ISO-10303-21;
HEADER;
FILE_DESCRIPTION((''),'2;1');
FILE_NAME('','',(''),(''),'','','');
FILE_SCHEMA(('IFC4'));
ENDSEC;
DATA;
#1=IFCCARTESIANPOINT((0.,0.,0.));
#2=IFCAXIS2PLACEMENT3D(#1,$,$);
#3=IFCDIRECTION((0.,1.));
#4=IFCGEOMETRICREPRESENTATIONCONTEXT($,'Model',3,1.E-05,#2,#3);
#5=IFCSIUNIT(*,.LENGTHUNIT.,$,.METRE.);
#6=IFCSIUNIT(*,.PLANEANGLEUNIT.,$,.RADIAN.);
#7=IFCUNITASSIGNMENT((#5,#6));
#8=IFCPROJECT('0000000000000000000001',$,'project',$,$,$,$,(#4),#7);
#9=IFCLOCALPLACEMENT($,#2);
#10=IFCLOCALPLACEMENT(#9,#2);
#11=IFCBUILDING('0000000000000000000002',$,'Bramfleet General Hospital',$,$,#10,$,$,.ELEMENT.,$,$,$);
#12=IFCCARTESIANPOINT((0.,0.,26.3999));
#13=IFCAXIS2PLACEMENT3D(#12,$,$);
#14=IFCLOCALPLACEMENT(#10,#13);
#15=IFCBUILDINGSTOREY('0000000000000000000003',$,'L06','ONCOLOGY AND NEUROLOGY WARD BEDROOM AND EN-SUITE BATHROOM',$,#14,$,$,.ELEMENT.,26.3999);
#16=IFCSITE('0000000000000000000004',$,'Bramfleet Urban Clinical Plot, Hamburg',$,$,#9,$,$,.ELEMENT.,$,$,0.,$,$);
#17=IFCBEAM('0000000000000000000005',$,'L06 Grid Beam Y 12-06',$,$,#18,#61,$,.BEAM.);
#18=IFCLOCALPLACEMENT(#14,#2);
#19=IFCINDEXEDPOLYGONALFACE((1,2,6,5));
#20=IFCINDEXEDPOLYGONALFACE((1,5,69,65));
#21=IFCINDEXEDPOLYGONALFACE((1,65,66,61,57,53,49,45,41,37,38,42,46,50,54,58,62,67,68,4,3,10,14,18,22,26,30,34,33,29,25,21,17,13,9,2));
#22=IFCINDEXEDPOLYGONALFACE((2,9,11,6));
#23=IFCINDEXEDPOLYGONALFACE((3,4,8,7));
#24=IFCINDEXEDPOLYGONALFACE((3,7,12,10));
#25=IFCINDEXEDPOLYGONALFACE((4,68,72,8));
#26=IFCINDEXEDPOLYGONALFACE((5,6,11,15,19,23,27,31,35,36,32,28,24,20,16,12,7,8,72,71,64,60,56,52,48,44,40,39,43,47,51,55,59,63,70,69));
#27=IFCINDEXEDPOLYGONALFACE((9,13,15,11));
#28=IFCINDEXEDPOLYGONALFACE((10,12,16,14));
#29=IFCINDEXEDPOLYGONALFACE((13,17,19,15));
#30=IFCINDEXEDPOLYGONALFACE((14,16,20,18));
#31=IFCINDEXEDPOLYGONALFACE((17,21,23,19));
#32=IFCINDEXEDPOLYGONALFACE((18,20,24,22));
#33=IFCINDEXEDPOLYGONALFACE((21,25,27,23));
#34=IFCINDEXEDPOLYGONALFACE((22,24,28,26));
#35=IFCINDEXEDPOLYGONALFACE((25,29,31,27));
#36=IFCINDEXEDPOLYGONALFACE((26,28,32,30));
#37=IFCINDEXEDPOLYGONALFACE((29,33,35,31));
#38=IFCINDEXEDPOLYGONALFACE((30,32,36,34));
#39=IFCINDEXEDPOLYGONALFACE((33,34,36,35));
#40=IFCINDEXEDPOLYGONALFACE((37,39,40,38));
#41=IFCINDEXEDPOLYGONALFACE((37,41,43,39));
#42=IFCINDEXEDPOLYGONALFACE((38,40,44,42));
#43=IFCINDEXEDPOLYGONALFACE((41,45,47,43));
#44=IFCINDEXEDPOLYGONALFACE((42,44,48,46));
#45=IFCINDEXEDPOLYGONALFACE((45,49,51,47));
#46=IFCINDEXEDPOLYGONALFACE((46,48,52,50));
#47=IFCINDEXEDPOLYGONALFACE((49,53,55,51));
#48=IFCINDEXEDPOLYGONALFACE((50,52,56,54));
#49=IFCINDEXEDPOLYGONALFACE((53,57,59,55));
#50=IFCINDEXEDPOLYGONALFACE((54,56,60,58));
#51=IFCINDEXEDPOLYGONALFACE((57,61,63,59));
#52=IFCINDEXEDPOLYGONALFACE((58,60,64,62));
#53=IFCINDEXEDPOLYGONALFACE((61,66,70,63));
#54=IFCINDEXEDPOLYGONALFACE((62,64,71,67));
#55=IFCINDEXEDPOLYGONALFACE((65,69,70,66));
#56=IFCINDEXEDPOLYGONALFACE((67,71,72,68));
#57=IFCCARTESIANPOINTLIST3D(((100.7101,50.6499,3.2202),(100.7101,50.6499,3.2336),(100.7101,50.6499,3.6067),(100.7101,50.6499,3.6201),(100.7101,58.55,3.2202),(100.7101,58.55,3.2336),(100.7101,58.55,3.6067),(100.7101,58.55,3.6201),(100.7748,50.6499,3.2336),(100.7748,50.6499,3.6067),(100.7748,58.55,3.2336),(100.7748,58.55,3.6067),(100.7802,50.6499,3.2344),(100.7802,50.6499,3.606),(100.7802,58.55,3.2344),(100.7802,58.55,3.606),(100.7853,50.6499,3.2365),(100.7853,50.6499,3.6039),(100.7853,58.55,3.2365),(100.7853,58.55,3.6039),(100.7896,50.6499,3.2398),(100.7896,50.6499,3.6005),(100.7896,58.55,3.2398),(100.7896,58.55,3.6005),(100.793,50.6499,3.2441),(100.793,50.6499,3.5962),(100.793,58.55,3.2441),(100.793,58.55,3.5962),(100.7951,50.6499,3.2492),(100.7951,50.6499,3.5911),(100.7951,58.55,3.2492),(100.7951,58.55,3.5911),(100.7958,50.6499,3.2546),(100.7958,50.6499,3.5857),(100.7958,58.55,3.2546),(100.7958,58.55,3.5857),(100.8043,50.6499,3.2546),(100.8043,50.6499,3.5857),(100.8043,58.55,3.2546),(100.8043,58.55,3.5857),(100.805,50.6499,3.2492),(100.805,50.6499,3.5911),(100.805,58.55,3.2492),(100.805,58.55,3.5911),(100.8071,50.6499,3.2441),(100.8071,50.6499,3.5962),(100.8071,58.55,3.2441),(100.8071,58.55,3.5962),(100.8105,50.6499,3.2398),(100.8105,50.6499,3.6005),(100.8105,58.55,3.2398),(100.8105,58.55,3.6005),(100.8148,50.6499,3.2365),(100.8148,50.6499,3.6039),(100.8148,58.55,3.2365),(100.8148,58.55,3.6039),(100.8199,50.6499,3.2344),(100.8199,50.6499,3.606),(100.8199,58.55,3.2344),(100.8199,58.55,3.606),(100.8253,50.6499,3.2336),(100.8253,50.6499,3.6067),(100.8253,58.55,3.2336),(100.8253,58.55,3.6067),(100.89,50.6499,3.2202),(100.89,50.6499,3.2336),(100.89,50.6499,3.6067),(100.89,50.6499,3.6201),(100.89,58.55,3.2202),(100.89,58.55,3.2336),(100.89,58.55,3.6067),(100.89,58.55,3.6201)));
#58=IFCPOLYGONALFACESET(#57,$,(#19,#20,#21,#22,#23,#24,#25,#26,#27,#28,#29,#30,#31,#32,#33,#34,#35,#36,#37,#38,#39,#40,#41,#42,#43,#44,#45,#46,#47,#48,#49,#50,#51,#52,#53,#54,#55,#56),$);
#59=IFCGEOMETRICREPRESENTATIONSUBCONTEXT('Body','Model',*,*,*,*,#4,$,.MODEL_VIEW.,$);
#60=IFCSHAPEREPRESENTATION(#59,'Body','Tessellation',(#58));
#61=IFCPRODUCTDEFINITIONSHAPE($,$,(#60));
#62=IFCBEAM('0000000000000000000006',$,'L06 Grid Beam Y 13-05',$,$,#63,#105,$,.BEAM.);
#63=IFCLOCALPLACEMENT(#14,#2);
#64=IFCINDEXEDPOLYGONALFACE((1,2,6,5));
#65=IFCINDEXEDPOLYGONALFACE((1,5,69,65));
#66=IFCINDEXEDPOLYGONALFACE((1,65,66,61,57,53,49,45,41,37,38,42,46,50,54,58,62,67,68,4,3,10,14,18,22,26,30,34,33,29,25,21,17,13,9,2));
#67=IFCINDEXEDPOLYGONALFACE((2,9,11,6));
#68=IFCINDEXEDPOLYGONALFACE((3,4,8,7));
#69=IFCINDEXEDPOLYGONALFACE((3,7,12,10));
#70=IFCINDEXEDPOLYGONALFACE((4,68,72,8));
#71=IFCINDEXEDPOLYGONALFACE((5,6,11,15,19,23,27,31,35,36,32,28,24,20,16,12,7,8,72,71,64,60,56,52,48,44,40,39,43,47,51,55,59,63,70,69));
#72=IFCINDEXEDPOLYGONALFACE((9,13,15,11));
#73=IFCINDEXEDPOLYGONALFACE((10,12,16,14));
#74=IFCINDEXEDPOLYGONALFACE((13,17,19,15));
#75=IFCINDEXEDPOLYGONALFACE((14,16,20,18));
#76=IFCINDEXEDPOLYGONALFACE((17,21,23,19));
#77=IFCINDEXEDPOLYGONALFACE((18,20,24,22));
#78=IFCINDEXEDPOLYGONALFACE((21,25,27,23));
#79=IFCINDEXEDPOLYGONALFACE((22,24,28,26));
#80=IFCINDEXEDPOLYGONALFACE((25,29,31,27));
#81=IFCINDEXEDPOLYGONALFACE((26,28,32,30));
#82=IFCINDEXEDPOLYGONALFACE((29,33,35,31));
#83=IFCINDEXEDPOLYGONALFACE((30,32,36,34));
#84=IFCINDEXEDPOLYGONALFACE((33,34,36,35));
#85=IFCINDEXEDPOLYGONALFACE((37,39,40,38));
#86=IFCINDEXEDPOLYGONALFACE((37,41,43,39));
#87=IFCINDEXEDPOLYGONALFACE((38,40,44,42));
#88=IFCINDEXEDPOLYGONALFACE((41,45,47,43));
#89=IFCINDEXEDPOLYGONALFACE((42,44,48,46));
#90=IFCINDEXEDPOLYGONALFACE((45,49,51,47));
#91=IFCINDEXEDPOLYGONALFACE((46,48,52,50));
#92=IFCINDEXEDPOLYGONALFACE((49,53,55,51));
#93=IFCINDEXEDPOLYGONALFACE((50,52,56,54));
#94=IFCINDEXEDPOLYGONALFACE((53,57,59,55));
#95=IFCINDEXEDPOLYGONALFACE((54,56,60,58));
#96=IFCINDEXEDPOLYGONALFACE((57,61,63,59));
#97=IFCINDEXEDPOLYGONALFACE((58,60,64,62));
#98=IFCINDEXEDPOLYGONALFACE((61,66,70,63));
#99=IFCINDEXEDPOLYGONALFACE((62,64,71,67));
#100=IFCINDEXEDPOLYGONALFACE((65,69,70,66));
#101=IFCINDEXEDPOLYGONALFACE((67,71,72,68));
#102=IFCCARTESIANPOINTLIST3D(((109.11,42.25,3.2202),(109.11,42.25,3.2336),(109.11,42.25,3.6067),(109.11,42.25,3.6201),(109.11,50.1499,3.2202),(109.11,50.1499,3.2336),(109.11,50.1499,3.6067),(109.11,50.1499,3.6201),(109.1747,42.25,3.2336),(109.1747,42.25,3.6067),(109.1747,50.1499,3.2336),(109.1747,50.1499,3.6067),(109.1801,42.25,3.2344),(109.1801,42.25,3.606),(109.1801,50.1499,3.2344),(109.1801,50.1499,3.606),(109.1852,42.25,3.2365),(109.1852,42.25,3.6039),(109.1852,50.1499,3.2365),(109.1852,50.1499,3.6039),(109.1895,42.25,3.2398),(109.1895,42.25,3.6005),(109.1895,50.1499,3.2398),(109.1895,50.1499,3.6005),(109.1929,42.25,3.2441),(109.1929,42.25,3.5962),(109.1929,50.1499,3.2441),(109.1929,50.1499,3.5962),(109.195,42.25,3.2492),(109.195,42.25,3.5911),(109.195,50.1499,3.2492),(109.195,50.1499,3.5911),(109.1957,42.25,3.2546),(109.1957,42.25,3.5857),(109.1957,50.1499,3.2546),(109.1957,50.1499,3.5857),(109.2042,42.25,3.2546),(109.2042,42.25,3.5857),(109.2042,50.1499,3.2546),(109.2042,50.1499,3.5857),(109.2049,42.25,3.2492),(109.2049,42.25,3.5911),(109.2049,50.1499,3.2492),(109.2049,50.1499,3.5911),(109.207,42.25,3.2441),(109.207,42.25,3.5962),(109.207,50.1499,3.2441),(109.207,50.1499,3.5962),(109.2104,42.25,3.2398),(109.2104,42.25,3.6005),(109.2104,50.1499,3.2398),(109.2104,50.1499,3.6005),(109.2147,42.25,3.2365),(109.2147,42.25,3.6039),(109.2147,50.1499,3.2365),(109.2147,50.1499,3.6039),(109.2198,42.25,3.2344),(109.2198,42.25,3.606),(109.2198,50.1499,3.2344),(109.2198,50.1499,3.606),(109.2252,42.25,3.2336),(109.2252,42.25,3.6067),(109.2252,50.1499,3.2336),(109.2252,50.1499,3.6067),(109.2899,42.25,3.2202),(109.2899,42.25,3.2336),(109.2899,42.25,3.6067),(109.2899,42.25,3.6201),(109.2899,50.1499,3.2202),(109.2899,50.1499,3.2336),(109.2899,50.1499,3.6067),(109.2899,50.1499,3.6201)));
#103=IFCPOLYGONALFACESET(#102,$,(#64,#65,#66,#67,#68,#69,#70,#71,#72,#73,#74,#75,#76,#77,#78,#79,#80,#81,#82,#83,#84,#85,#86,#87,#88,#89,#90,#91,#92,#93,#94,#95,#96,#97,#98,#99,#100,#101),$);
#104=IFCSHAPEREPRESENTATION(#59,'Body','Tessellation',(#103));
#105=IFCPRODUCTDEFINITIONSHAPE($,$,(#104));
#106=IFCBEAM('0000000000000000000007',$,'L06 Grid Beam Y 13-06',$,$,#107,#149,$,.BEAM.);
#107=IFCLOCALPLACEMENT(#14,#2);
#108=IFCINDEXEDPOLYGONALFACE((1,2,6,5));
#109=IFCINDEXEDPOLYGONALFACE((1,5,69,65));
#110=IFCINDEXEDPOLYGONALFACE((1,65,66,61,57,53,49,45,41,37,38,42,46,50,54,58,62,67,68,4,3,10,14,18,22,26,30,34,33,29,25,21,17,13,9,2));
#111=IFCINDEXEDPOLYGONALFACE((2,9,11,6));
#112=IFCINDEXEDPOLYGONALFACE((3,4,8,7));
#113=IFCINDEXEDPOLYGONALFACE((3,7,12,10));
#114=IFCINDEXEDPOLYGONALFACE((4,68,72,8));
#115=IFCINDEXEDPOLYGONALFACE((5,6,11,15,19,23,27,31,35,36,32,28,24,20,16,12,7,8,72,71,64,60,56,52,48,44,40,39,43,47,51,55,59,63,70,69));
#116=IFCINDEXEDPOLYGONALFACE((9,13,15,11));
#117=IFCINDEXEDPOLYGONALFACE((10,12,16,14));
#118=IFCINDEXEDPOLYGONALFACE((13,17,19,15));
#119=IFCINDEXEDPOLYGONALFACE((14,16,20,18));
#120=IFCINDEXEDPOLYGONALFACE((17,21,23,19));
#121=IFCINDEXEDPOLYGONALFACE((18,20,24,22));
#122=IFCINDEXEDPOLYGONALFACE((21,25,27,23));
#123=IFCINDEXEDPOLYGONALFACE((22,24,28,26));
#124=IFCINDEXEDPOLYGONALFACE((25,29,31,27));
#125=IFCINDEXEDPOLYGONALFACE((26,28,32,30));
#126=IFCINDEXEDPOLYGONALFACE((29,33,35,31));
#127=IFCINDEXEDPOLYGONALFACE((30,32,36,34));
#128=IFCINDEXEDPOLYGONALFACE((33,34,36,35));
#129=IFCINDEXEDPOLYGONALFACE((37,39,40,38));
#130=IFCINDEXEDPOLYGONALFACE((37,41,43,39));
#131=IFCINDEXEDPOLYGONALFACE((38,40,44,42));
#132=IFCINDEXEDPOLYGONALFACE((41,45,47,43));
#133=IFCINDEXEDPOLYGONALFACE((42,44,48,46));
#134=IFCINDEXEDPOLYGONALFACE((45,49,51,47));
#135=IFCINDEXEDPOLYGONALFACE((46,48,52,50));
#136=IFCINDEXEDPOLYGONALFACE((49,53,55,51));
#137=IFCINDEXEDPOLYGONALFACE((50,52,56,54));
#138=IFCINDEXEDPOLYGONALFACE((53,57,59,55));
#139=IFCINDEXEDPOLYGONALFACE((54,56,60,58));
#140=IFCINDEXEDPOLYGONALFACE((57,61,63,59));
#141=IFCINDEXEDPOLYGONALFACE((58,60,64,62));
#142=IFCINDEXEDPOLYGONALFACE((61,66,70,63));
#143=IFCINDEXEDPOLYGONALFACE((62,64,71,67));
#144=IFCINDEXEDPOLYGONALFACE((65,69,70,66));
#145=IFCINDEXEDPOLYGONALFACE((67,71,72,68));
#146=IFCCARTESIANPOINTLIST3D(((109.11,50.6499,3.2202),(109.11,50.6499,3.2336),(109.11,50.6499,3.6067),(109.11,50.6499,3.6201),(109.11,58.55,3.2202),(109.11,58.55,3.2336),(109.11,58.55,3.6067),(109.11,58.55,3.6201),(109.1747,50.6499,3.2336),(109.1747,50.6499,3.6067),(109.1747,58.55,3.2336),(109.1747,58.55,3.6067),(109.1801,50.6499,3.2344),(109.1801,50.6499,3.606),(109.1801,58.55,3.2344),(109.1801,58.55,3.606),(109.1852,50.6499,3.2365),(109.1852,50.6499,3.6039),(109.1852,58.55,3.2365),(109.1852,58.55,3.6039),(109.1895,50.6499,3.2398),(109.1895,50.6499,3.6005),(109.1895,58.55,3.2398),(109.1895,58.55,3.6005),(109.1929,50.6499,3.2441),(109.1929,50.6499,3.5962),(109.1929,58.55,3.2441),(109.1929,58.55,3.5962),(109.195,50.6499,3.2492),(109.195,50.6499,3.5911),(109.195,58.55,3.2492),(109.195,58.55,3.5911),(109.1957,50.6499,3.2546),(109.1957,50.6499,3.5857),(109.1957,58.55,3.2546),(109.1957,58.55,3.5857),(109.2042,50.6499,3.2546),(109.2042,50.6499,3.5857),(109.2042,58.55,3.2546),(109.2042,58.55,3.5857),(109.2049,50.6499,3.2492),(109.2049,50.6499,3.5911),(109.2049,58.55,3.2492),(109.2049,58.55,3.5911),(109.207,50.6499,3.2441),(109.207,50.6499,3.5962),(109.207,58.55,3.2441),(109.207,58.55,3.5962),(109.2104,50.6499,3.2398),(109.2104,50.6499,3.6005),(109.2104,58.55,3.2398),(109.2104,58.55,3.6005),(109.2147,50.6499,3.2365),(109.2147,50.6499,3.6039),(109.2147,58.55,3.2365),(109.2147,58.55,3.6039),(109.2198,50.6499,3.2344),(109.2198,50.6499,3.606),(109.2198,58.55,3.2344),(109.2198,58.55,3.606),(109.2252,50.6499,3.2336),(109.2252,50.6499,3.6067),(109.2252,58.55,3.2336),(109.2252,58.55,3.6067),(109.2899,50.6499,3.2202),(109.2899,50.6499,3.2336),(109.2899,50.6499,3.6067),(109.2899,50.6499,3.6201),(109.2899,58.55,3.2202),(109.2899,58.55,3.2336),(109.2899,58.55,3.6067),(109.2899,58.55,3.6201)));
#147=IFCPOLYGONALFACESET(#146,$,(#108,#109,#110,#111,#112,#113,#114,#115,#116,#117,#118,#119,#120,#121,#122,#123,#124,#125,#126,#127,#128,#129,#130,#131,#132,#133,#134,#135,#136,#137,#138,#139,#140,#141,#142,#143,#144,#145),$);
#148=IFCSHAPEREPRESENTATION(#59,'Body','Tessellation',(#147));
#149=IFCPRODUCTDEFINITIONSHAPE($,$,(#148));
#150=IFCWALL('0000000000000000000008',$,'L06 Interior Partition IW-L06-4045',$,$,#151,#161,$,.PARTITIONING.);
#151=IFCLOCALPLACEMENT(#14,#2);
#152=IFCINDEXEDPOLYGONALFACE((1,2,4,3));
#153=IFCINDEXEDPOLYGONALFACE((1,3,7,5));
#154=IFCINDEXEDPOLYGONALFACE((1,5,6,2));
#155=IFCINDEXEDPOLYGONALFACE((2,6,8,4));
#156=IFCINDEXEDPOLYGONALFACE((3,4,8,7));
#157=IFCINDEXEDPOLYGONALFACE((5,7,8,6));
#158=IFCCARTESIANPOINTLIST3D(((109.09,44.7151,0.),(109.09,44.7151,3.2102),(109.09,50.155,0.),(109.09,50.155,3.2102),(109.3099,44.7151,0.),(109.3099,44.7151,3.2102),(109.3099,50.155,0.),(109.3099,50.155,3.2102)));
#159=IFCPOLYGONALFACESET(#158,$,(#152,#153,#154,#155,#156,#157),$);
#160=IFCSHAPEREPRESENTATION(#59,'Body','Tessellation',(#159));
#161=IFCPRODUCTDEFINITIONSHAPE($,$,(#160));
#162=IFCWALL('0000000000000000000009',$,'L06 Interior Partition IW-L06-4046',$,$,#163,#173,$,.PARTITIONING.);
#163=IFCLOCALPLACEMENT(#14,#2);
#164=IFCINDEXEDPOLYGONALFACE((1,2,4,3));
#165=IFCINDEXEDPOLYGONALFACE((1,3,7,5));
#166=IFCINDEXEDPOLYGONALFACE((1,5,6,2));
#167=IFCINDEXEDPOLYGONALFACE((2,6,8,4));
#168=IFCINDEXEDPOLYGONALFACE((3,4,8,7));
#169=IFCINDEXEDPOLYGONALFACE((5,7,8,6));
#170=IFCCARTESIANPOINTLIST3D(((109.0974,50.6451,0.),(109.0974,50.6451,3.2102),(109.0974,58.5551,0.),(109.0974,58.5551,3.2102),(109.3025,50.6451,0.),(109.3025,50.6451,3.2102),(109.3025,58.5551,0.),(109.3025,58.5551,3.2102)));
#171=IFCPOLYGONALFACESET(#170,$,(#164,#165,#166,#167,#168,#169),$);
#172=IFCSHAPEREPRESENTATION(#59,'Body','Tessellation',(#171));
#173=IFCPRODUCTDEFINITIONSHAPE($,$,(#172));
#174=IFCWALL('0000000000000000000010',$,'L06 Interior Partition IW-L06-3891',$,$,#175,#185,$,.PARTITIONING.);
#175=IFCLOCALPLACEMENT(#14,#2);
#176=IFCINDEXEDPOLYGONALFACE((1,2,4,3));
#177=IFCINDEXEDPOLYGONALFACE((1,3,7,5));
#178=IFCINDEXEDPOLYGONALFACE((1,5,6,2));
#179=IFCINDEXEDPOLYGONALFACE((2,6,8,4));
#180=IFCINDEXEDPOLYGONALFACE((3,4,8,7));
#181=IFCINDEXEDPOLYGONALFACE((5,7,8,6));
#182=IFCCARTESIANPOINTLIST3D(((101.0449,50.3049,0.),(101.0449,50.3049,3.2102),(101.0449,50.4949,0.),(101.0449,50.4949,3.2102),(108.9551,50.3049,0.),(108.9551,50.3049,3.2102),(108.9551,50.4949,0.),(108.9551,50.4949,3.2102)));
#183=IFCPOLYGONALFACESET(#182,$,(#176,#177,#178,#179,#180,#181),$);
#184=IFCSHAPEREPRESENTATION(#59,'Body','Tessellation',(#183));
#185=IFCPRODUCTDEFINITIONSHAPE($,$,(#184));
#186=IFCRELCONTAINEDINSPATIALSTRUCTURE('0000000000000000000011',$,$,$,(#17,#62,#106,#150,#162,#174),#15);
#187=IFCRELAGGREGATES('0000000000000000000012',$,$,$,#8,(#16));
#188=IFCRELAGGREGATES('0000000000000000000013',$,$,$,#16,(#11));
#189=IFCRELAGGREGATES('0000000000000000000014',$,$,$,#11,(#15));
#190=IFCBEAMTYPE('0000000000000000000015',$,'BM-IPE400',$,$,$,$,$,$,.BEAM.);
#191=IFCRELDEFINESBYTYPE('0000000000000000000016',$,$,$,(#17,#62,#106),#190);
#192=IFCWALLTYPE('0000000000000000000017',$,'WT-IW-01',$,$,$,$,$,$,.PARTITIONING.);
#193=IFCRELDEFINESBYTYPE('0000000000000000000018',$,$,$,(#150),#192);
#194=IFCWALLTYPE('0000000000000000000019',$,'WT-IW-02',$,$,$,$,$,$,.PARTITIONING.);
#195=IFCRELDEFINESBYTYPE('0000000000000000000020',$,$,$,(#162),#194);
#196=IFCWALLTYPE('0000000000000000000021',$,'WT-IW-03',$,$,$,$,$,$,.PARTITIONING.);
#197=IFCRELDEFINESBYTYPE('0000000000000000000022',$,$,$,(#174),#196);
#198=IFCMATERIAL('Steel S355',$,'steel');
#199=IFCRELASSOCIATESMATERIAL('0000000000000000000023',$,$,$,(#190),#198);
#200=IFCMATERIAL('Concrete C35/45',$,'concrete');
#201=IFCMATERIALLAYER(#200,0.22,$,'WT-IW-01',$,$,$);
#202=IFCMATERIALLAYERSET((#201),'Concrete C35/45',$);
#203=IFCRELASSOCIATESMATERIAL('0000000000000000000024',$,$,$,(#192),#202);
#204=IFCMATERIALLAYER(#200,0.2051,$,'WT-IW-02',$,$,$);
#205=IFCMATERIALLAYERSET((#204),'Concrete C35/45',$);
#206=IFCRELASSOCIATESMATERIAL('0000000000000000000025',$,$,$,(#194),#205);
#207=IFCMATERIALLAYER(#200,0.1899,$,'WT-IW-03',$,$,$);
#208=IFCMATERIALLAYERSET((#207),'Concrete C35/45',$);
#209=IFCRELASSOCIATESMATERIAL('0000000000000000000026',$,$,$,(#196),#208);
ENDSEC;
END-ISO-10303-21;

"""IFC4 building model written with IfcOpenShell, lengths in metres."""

from ifc_helpers import new_model, si_unit, direction, frame, frame_2d, origin, origin_2d, place, context, subcontext, project, spatial, rectangle, i_section, extrude, material, layer, layer_set, material_profile, profile_set, type_object, element, save


model = new_model("IFC4")

# Units and contexts
model_context = context("Model", 3, precision=1e-05, world=origin(), true_north=direction((0.0, 1.0)))
body_context = subcontext(model_context, "Body", "Model", "MODEL_VIEW")
ifc_project = project(units=[si_unit("LENGTHUNIT", "METRE"), si_unit("PLANEANGLEUNIT", "RADIAN")], contexts=[model_context])

# Site, building, storey
site_placement = place(None, origin())
site = spatial("IfcSite", under=ifc_project, at=site_placement, Name="Bramfleet Urban Clinical Plot, Hamburg", CompositionType="ELEMENT", RefElevation=0.0)
building_placement = place(site_placement, origin())
building = spatial("IfcBuilding", under=site, at=building_placement, Name="Bramfleet General Hospital", CompositionType="ELEMENT")
storey_placement = place(building_placement, frame((0.0, 0.0, 26.3999)))
storey = spatial("IfcBuildingStorey", under=building, at=storey_placement, Name="L06", Description="ONCOLOGY AND NEUROLOGY WARD BEDROOM AND EN-SUITE BATHROOM", CompositionType="ELEMENT", Elevation=26.3999)

# Beams
ifc_material_1 = material(Name="Steel S355", Category="steel")
ifc_material_profile_1 = material_profile(ifc_material_1, i_section(OverallWidth=0.1799, OverallDepth=0.3999, WebThickness=0.0085, FlangeThickness=0.0134, FilletRadius=0.021, at=origin_2d()), Name="IPE 400")
ifc_profile_set_1 = profile_set([ifc_material_profile_1], Name="Steel S355")
beam_type_1 = type_object("IfcBeamType", Name="BM-IPE400", PredefinedType="BEAM", material=ifc_profile_set_1)
beam_1_placement = place(storey_placement, frame((100.8, 50.6499, 3.4202), z_axis=(0.0, 1.0, 0.0), x_axis=(-1.0, 0.0, 0.0)))
element("IfcBeam", 1, at=beam_1_placement, inside=storey, type_object=beam_type_1, Name="L06 Grid Beam Y 12-06", PredefinedType="BEAM", context=body_context, shape_type="SweptSolid", body=[
    extrude(i_section(OverallWidth=0.1799, OverallDepth=0.3999, WebThickness=0.0085, FlangeThickness=0.0134, FilletRadius=0.021, at=origin_2d()), origin(), (0.0, 0.0, 1.0), 7.9001),
])
beam_2_placement = place(storey_placement, frame((109.2, 42.25, 3.4202), z_axis=(0.0, 1.0, 0.0), x_axis=(-1.0, 0.0, 0.0)))
element("IfcBeam", 2, at=beam_2_placement, inside=storey, type_object=beam_type_1, Name="L06 Grid Beam Y 13-05", PredefinedType="BEAM", context=body_context, shape_type="SweptSolid", body=[
    extrude(i_section(OverallWidth=0.1799, OverallDepth=0.3999, WebThickness=0.0085, FlangeThickness=0.0134, FilletRadius=0.021, at=origin_2d()), origin(), (0.0, 0.0, 1.0), 7.8999),
])
beam_3_placement = place(storey_placement, frame((109.2, 50.6499, 3.4202), z_axis=(0.0, 1.0, 0.0), x_axis=(-1.0, 0.0, 0.0)))
element("IfcBeam", 3, at=beam_3_placement, inside=storey, type_object=beam_type_1, Name="L06 Grid Beam Y 13-06", PredefinedType="BEAM", context=body_context, shape_type="SweptSolid", body=[
    extrude(i_section(OverallWidth=0.1799, OverallDepth=0.3999, WebThickness=0.0085, FlangeThickness=0.0134, FilletRadius=0.021, at=origin_2d()), origin(), (0.0, 0.0, 1.0), 7.9001),
])

# Walls
ifc_material_2 = material(Name="Concrete C35/45", Category="concrete")
ifc_layer_1 = layer(ifc_material_2, 0.22, Name="WT-IW-01")
ifc_layer_set_1 = layer_set([ifc_layer_1], Name="Concrete C35/45")
wall_type_1 = type_object("IfcWallType", Name="WT-IW-01", PredefinedType="PARTITIONING", material=ifc_layer_set_1)
wall_1_placement = place(storey_placement, frame((109.2, 44.7151, 0.0), z_axis=(0.0, 0.0, 1.0), x_axis=(0.0, 1.0, 0.0)))
element("IfcWall", 4, at=wall_1_placement, inside=storey, type_object=wall_type_1, Name="L06 Interior Partition IW-L06-4045", PredefinedType="PARTITIONING", context=body_context, shape_type="SweptSolid", body=[
    extrude(rectangle(XDim=5.4399, YDim=0.22, at=frame_2d((2.72, 0.0))), origin(), (0.0, 0.0, 1.0), 3.2102),
])
ifc_layer_2 = layer(ifc_material_2, 0.2051, Name="WT-IW-02")
ifc_layer_set_2 = layer_set([ifc_layer_2], Name="Concrete C35/45")
wall_type_2 = type_object("IfcWallType", Name="WT-IW-02", PredefinedType="PARTITIONING", material=ifc_layer_set_2)
wall_2_placement = place(storey_placement, frame((109.2, 50.645, 0.0), z_axis=(0.0, 0.0, 1.0), x_axis=(0.0, 1.0, 0.0)))
element("IfcWall", 5, at=wall_2_placement, inside=storey, type_object=wall_type_2, Name="L06 Interior Partition IW-L06-4046", PredefinedType="PARTITIONING", context=body_context, shape_type="SweptSolid", body=[
    extrude(rectangle(XDim=7.9099, YDim=0.2051, at=frame_2d((3.9551, 0.0))), origin(), (0.0, 0.0, 1.0), 3.2102),
])
ifc_layer_3 = layer(ifc_material_2, 0.1899, Name="WT-IW-03")
ifc_layer_set_3 = layer_set([ifc_layer_3], Name="Concrete C35/45")
wall_type_3 = type_object("IfcWallType", Name="WT-IW-03", PredefinedType="PARTITIONING", material=ifc_layer_set_3)
wall_3_placement = place(storey_placement, frame((101.0449, 50.3999, 0.0), z_axis=(0.0, 0.0, 1.0), x_axis=(1.0, 0.0, 0.0)))
element("IfcWall", 6, at=wall_3_placement, inside=storey, type_object=wall_type_3, Name="L06 Interior Partition IW-L06-3891", PredefinedType="PARTITIONING", context=body_context, shape_type="SweptSolid", body=[
    extrude(rectangle(XDim=7.9102, YDim=0.1899, at=frame_2d((3.9551, 0.0))), origin(), (0.0, 0.0, 1.0), 3.2102),
])

save(model, "model.ifc")
